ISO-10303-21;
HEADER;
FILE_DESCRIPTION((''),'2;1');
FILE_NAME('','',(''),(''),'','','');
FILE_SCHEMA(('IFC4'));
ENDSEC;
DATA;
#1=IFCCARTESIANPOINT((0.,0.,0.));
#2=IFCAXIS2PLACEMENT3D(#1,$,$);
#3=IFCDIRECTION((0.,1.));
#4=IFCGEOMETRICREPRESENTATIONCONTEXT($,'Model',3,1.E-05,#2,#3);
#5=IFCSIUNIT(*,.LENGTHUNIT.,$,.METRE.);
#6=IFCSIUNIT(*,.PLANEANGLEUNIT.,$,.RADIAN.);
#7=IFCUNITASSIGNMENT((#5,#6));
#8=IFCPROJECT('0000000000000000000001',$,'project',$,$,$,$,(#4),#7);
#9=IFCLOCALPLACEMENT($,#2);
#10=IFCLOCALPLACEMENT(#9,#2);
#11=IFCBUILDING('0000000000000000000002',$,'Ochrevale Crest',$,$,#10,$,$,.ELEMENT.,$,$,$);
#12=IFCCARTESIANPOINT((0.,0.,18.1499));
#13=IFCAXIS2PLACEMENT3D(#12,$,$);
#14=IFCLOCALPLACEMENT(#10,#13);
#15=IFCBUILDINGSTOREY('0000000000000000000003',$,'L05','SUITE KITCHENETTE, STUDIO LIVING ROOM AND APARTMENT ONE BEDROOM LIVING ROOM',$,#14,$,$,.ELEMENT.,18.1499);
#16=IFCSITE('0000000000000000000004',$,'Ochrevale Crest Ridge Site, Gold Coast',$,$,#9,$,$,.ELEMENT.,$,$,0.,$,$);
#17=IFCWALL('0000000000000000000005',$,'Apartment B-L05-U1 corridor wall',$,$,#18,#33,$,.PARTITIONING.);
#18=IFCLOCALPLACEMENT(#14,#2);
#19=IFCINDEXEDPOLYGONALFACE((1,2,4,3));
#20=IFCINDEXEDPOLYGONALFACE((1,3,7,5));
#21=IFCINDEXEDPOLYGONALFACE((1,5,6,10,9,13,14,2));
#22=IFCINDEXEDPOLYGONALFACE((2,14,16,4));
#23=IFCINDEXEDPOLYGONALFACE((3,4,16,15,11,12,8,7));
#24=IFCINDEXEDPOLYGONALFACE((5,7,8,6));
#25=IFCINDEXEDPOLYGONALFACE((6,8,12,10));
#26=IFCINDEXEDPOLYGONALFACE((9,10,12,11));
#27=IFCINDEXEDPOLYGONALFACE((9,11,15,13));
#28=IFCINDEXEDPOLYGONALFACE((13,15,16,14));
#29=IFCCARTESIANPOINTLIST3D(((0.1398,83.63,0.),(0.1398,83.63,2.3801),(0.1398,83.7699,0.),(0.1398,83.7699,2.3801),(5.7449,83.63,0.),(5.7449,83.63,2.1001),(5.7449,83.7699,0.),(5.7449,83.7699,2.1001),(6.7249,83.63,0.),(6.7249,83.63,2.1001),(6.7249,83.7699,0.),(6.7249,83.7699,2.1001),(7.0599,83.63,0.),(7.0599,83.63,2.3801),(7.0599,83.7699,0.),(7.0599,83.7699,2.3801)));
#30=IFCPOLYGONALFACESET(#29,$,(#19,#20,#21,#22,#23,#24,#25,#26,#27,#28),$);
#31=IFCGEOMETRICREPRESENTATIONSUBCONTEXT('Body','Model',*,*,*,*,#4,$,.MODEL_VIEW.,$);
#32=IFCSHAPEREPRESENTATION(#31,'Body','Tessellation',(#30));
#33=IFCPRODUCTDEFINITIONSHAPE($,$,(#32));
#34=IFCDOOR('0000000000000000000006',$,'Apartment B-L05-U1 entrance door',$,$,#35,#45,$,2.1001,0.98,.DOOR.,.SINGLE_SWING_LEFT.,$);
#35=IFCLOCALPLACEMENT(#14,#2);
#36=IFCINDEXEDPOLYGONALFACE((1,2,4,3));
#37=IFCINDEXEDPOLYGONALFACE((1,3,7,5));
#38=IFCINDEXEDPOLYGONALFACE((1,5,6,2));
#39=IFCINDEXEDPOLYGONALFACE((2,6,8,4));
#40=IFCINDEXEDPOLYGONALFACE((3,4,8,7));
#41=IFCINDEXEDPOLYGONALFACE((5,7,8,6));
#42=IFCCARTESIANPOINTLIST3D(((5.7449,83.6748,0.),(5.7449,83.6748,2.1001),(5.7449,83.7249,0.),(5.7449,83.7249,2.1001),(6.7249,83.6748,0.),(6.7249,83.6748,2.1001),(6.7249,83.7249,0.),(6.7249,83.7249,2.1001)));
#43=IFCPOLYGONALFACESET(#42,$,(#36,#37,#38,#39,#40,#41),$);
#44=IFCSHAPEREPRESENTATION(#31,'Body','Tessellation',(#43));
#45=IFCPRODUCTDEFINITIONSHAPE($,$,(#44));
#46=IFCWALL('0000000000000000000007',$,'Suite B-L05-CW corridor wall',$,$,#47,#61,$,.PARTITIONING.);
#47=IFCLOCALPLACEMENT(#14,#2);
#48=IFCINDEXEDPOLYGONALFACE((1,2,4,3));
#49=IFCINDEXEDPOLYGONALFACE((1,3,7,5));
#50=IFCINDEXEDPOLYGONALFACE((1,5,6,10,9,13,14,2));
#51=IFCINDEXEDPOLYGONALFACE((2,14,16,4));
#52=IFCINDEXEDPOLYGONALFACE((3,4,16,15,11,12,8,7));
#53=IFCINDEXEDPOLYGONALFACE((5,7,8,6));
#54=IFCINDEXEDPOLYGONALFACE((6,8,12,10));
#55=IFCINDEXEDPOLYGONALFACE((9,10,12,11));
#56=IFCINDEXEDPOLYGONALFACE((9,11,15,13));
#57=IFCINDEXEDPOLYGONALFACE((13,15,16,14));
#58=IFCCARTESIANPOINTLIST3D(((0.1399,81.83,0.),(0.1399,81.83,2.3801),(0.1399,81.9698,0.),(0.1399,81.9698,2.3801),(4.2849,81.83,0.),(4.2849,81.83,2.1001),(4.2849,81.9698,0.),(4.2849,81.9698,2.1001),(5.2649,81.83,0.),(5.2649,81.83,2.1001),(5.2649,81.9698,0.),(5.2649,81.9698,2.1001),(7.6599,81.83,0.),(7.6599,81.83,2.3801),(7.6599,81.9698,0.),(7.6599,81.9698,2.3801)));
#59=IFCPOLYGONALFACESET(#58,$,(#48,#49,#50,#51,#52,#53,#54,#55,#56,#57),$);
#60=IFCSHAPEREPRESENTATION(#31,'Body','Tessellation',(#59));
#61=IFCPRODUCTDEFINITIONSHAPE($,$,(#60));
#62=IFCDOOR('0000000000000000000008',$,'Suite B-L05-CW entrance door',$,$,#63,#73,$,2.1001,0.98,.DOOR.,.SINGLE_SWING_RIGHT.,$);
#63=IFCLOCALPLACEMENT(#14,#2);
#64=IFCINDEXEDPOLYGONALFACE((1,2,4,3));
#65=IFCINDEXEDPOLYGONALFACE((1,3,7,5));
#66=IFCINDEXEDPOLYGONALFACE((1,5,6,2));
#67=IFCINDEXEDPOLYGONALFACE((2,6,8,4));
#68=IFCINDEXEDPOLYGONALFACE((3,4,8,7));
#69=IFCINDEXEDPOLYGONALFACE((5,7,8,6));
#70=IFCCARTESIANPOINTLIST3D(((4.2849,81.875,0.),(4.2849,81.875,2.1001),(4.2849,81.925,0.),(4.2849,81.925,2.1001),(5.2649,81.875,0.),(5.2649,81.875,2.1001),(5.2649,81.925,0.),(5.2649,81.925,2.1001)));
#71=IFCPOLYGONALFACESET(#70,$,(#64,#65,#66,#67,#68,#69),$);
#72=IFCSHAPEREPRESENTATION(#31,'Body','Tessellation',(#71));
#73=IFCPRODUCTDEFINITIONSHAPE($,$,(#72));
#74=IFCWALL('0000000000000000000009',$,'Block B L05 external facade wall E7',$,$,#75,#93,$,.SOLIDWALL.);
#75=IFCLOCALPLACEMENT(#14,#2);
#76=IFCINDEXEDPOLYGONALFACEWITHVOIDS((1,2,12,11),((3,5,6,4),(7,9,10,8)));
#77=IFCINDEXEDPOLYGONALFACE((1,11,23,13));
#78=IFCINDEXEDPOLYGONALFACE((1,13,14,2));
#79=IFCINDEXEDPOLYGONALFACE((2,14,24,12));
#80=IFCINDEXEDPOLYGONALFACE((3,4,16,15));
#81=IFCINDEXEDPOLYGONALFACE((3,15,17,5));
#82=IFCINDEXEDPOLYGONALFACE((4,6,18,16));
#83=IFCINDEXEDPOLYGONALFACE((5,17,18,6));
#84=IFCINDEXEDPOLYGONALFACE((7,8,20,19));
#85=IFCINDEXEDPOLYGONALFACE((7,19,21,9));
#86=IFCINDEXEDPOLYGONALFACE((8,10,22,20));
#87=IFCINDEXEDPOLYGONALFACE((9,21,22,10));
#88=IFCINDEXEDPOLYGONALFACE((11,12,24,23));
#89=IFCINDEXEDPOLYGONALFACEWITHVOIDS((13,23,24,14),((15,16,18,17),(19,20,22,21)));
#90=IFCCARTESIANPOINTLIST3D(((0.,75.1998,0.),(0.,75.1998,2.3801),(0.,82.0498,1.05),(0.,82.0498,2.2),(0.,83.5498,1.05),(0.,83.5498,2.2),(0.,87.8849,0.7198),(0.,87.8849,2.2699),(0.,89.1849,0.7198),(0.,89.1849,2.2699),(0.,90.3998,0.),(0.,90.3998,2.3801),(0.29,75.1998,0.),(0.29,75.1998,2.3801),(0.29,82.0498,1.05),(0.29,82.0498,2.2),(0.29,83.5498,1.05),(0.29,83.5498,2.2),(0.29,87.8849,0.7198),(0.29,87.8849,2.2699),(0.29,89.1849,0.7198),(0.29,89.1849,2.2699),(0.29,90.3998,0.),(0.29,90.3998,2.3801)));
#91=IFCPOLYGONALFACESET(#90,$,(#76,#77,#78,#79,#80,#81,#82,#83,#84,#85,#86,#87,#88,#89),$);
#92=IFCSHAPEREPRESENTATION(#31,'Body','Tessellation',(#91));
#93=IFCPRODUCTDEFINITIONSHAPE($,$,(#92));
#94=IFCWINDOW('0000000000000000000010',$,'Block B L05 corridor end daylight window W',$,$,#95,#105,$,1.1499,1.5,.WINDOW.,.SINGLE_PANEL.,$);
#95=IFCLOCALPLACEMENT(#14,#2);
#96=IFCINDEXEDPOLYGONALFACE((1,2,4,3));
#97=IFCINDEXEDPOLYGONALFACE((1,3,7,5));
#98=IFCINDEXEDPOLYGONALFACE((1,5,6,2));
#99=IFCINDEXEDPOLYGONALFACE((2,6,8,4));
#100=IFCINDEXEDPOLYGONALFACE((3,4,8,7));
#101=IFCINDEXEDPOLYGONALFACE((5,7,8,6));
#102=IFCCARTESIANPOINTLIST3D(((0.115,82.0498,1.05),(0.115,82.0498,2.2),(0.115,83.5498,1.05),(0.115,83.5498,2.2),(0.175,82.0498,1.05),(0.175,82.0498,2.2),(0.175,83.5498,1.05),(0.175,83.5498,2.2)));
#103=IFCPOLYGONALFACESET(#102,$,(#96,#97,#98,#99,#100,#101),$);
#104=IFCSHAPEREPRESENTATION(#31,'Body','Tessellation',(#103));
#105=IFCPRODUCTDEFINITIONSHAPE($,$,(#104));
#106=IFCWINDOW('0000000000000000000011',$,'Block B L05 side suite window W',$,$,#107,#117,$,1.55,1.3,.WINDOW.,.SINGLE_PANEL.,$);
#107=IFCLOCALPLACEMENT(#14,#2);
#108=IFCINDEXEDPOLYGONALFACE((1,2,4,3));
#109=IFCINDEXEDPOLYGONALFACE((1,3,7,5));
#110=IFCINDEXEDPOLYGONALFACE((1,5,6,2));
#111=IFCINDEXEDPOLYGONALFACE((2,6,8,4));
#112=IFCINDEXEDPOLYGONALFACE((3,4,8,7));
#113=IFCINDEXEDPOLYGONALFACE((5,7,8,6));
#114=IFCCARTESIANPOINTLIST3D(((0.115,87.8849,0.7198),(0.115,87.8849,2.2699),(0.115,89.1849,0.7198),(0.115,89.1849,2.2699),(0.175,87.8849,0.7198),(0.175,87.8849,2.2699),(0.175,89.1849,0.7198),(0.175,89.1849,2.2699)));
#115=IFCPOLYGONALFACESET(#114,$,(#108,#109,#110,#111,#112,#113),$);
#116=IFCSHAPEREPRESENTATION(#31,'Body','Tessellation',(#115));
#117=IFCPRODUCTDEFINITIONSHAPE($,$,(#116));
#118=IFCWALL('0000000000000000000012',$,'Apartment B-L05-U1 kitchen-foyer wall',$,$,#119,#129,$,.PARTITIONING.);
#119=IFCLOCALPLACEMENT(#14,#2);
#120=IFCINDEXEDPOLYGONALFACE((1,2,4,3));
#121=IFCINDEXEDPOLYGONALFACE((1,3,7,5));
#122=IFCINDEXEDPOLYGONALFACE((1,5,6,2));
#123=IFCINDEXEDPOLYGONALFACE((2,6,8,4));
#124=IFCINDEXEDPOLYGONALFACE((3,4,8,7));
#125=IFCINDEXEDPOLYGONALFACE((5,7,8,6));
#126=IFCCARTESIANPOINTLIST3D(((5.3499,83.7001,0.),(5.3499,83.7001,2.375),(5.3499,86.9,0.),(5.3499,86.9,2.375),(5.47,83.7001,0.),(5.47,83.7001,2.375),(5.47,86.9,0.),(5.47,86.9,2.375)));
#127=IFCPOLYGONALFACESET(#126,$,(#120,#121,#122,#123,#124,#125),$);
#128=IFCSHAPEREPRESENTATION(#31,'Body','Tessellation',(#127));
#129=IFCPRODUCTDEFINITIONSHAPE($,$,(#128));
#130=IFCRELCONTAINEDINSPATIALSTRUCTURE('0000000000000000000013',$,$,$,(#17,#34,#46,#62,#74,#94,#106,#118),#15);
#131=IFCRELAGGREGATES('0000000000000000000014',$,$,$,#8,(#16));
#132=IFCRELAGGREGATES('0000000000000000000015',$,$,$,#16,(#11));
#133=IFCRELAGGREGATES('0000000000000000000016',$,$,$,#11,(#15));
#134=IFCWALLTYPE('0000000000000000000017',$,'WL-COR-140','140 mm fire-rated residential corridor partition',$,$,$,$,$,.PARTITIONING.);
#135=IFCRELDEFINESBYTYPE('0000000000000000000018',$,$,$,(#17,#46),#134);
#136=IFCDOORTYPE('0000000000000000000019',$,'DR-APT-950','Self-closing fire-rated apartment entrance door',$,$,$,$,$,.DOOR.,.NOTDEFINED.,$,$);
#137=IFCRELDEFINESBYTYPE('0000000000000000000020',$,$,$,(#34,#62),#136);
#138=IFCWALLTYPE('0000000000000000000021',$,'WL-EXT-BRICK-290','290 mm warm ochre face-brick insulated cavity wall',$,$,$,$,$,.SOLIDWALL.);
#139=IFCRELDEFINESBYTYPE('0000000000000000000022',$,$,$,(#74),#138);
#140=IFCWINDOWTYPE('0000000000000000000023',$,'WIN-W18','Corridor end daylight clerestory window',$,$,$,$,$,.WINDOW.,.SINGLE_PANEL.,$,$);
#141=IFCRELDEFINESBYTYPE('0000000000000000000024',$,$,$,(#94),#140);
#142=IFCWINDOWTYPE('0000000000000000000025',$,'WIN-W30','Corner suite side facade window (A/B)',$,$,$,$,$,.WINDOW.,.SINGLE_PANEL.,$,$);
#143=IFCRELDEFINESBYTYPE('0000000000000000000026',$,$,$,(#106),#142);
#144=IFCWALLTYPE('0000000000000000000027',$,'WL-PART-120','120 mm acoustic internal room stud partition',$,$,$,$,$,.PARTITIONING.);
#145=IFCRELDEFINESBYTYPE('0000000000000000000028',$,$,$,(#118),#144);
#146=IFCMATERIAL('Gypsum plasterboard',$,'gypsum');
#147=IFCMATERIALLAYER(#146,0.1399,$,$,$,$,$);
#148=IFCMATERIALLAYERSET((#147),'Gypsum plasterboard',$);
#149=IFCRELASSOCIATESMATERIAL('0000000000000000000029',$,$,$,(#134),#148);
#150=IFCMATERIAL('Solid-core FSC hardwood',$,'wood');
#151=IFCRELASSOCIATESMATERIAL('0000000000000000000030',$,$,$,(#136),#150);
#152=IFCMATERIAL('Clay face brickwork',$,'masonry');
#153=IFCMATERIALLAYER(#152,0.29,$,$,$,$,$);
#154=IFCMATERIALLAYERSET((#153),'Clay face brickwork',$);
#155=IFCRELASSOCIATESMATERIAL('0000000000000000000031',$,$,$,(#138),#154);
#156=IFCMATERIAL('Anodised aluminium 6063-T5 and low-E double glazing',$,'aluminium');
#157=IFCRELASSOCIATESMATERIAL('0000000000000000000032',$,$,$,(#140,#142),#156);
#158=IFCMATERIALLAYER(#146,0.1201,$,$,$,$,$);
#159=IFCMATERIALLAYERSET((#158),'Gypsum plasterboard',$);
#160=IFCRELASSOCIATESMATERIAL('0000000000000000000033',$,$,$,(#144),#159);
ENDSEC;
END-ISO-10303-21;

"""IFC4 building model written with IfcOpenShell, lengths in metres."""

from ifc_helpers import new_model, si_unit, direction, frame, frame_2d, origin, place, context, subcontext, project, spatial, rectangle, extrude, material, layer, layer_set, type_object, element, fill, save


model = new_model("IFC4")

# Units and contexts
model_context = context("Model", 3, precision=1e-05, world=origin(), true_north=direction((0.0, 1.0)))
body_context = subcontext(model_context, "Body", "Model", "MODEL_VIEW")
ifc_project = project(units=[si_unit("LENGTHUNIT", "METRE"), si_unit("PLANEANGLEUNIT", "RADIAN")], contexts=[model_context])

# Site, building, storey
site_placement = place(None, origin())
site = spatial("IfcSite", under=ifc_project, at=site_placement, Name="Ochrevale Crest Ridge Site, Gold Coast", CompositionType="ELEMENT", RefElevation=0.0)
building_placement = place(site_placement, origin())
building = spatial("IfcBuilding", under=site, at=building_placement, Name="Ochrevale Crest", CompositionType="ELEMENT")
storey_placement = place(building_placement, frame((0.0, 0.0, 18.1499)))
storey = spatial("IfcBuildingStorey", under=building, at=storey_placement, Name="L05", Description="SUITE KITCHENETTE, STUDIO LIVING ROOM AND APARTMENT ONE BEDROOM LIVING ROOM", CompositionType="ELEMENT", Elevation=18.1499)

# Walls, openings, doors
ifc_material_1 = material(Name="Gypsum plasterboard", Category="gypsum")
ifc_layer_1 = layer(ifc_material_1, 0.1399)
ifc_layer_set_1 = layer_set([ifc_layer_1], Name="Gypsum plasterboard")
wall_type_1 = type_object("IfcWallType", Name="WL-COR-140", Description="140 mm fire-rated residential corridor partition", PredefinedType="PARTITIONING", material=ifc_layer_set_1)
wall_1_placement = place(storey_placement, frame((0.1399, 83.7, 0.0), z_axis=(0.0, 0.0, 1.0), x_axis=(1.0, 0.0, 0.0)))
wall_1 = element("IfcWall", 1, at=wall_1_placement, inside=storey, type_object=wall_type_1, Name="Apartment B-L05-U1 corridor wall", PredefinedType="PARTITIONING", context=body_context, shape_type="SweptSolid", body=[
    extrude(rectangle(XDim=6.9202, YDim=0.1399, at=frame_2d((3.46, 0.0))), origin(), (0.0, 0.0, 1.0), 2.3801),
])
opening_1_placement = place(wall_1_placement, frame((5.605, 0.0, 0.0)))
opening_1 = element("IfcOpeningElement", 2, at=opening_1_placement, cuts=wall_1, PredefinedType="OPENING", context=body_context, shape_type="SweptSolid", body=[
    extrude(rectangle(XDim=0.98, YDim=2.1001, at=frame_2d((0.49, 1.05))), frame((0.0, 0.0801, 0.0), z_axis=(0.0, -1.0, 0.0), x_axis=(1.0, 0.0, 0.0)), (0.0, 0.0, 1.0), 0.1599),
])
ifc_material_2 = material(Name="Solid-core FSC hardwood", Category="wood")
door_type_1 = type_object("IfcDoorType", Name="DR-APT-950", Description="Self-closing fire-rated apartment entrance door", OperationType="NOTDEFINED", PredefinedType="DOOR", material=ifc_material_2)
door_1_placement = place(opening_1_placement, origin())
door_1 = element("IfcDoor", 3, at=door_1_placement, inside=storey, type_object=door_type_1, Name="Apartment B-L05-U1 entrance door", OperationType="SINGLE_SWING_LEFT", OverallHeight=2.1001, OverallWidth=0.98, PredefinedType="DOOR", context=body_context, shape_type="SweptSolid", body=[
    extrude(rectangle(XDim=0.98, YDim=2.1001, at=frame_2d((0.49, 1.05))), frame((0.0, 0.0249, 0.0), z_axis=(0.0, -1.0, 0.0), x_axis=(1.0, 0.0, 0.0)), (0.0, 0.0, 1.0), 0.05),
])
fill(opening_1, door_1)
wall_2_placement = place(storey_placement, frame((0.1399, 81.8999, 0.0), z_axis=(0.0, 0.0, 1.0), x_axis=(1.0, 0.0, 0.0)))
wall_2 = element("IfcWall", 4, at=wall_2_placement, inside=storey, type_object=wall_type_1, Name="Suite B-L05-CW corridor wall", PredefinedType="PARTITIONING", context=body_context, shape_type="SweptSolid", body=[
    extrude(rectangle(XDim=7.52, YDim=0.1399, at=frame_2d((3.76, 0.0))), origin(), (0.0, 0.0, 1.0), 2.3801),
])
opening_2_placement = place(wall_2_placement, frame((5.125, 0.0, 0.0), z_axis=(0.0, 0.0, 1.0), x_axis=(-1.0, 0.0, 0.0)))
opening_2 = element("IfcOpeningElement", 5, at=opening_2_placement, cuts=wall_2, PredefinedType="OPENING", context=body_context, shape_type="SweptSolid", body=[
    extrude(rectangle(XDim=0.98, YDim=2.1001, at=frame_2d((0.49, 1.05))), frame((0.0, 0.0801, 0.0), z_axis=(0.0, -1.0, 0.0), x_axis=(1.0, 0.0, 0.0)), (0.0, 0.0, 1.0), 0.1599),
])
door_2_placement = place(opening_2_placement, origin())
door_2 = element("IfcDoor", 6, at=door_2_placement, inside=storey, type_object=door_type_1, Name="Suite B-L05-CW entrance door", OperationType="SINGLE_SWING_RIGHT", OverallHeight=2.1001, OverallWidth=0.98, PredefinedType="DOOR", context=body_context, shape_type="SweptSolid", body=[
    extrude(rectangle(XDim=0.98, YDim=2.1001, at=frame_2d((0.49, 1.05))), frame((0.0, 0.0249, 0.0), z_axis=(0.0, -1.0, 0.0), x_axis=(1.0, 0.0, 0.0)), (0.0, 0.0, 1.0), 0.05),
])
fill(opening_2, door_2)

# Wall, openings, windows
ifc_material_3 = material(Name="Clay face brickwork", Category="masonry")
ifc_layer_2 = layer(ifc_material_3, 0.29)
ifc_layer_set_2 = layer_set([ifc_layer_2], Name="Clay face brickwork")
wall_type_2 = type_object("IfcWallType", Name="WL-EXT-BRICK-290", Description="290 mm warm ochre face-brick insulated cavity wall", PredefinedType="SOLIDWALL", material=ifc_layer_set_2)
wall_3_placement = place(storey_placement, frame((0.145, 90.3999, 0.0), z_axis=(0.0, 0.0, 1.0), x_axis=(0.0, -1.0, 0.0)))
wall_3 = element("IfcWall", 7, at=wall_3_placement, inside=storey, type_object=wall_type_2, Name="Block B L05 external facade wall E7", PredefinedType="SOLIDWALL", context=body_context, shape_type="SweptSolid", body=[
    extrude(rectangle(XDim=15.2, YDim=0.29, at=frame_2d((7.6001, 0.0))), origin(), (0.0, 0.0, 1.0), 2.3801),
])
opening_3_placement = place(wall_3_placement, frame((6.8501, 0.0, 1.05)))
opening_3 = element("IfcOpeningElement", 8, at=opening_3_placement, cuts=wall_3, PredefinedType="OPENING", context=body_context, shape_type="SweptSolid", body=[
    extrude(rectangle(XDim=1.5, YDim=1.1499, at=frame_2d((0.75, 0.575))), frame((0.0, 0.155, 0.0), z_axis=(0.0, -1.0, 0.0), x_axis=(1.0, 0.0, 0.0)), (0.0, 0.0, 1.0), 0.3101),
])
opening_4_placement = place(wall_3_placement, frame((1.2151, 0.0, 0.72)))
opening_4 = element("IfcOpeningElement", 9, at=opening_4_placement, cuts=wall_3, PredefinedType="OPENING", context=body_context, shape_type="SweptSolid", body=[
    extrude(rectangle(XDim=1.3, YDim=1.55, at=frame_2d((0.6499, 0.7749))), frame((0.0, 0.155, 0.0), z_axis=(0.0, -1.0, 0.0), x_axis=(1.0, 0.0, 0.0)), (0.0, 0.0, 1.0), 0.3101),
])
ifc_material_4 = material(Name="Anodised aluminium 6063-T5 and low-E double glazing", Category="aluminium")
window_type_1 = type_object("IfcWindowType", Name="WIN-W18", Description="Corridor end daylight clerestory window", PartitioningType="SINGLE_PANEL", PredefinedType="WINDOW", material=ifc_material_4)
window_1_placement = place(opening_3_placement, origin())
window_1 = element("IfcWindow", 10, at=window_1_placement, inside=storey, type_object=window_type_1, Name="Block B L05 corridor end daylight window W", OverallHeight=1.1499, OverallWidth=1.5, PartitioningType="SINGLE_PANEL", PredefinedType="WINDOW", context=body_context, shape_type="SweptSolid", body=[
    extrude(rectangle(XDim=1.5, YDim=1.1499, at=frame_2d((0.75, 0.575))), frame((0.0, 0.03, 0.0), z_axis=(0.0, -1.0, 0.0), x_axis=(1.0, 0.0, 0.0)), (0.0, 0.0, 1.0), 0.0601),
])
fill(opening_3, window_1)
window_type_2 = type_object("IfcWindowType", Name="WIN-W30", Description="Corner suite side facade window (A/B)", PartitioningType="SINGLE_PANEL", PredefinedType="WINDOW", material=ifc_material_4)
window_2_placement = place(opening_4_placement, origin())
window_2 = element("IfcWindow", 11, at=window_2_placement, inside=storey, type_object=window_type_2, Name="Block B L05 side suite window W", OverallHeight=1.55, OverallWidth=1.3, PartitioningType="SINGLE_PANEL", PredefinedType="WINDOW", context=body_context, shape_type="SweptSolid", body=[
    extrude(rectangle(XDim=1.3, YDim=1.55, at=frame_2d((0.6499, 0.7749))), frame((0.0, 0.03, 0.0), z_axis=(0.0, -1.0, 0.0), x_axis=(1.0, 0.0, 0.0)), (0.0, 0.0, 1.0), 0.0601),
])
fill(opening_4, window_2)

# Wall
ifc_layer_3 = layer(ifc_material_1, 0.1201)
ifc_layer_set_3 = layer_set([ifc_layer_3], Name="Gypsum plasterboard")
wall_type_3 = type_object("IfcWallType", Name="WL-PART-120", Description="120 mm acoustic internal room stud partition", PredefinedType="PARTITIONING", material=ifc_layer_set_3)
wall_4_placement = place(storey_placement, frame((5.4099, 83.7, 0.0), z_axis=(0.0, 0.0, 1.0), x_axis=(0.0, 1.0, 0.0)))
element("IfcWall", 12, at=wall_4_placement, inside=storey, type_object=wall_type_3, Name="Apartment B-L05-U1 kitchen-foyer wall", PredefinedType="PARTITIONING", context=body_context, shape_type="SweptSolid", body=[
    extrude(rectangle(XDim=3.2, YDim=0.1201, at=frame_2d((1.6001, 0.0))), origin(), (0.0, 0.0, 1.0), 2.375),
])

save(model, "model.ifc")
